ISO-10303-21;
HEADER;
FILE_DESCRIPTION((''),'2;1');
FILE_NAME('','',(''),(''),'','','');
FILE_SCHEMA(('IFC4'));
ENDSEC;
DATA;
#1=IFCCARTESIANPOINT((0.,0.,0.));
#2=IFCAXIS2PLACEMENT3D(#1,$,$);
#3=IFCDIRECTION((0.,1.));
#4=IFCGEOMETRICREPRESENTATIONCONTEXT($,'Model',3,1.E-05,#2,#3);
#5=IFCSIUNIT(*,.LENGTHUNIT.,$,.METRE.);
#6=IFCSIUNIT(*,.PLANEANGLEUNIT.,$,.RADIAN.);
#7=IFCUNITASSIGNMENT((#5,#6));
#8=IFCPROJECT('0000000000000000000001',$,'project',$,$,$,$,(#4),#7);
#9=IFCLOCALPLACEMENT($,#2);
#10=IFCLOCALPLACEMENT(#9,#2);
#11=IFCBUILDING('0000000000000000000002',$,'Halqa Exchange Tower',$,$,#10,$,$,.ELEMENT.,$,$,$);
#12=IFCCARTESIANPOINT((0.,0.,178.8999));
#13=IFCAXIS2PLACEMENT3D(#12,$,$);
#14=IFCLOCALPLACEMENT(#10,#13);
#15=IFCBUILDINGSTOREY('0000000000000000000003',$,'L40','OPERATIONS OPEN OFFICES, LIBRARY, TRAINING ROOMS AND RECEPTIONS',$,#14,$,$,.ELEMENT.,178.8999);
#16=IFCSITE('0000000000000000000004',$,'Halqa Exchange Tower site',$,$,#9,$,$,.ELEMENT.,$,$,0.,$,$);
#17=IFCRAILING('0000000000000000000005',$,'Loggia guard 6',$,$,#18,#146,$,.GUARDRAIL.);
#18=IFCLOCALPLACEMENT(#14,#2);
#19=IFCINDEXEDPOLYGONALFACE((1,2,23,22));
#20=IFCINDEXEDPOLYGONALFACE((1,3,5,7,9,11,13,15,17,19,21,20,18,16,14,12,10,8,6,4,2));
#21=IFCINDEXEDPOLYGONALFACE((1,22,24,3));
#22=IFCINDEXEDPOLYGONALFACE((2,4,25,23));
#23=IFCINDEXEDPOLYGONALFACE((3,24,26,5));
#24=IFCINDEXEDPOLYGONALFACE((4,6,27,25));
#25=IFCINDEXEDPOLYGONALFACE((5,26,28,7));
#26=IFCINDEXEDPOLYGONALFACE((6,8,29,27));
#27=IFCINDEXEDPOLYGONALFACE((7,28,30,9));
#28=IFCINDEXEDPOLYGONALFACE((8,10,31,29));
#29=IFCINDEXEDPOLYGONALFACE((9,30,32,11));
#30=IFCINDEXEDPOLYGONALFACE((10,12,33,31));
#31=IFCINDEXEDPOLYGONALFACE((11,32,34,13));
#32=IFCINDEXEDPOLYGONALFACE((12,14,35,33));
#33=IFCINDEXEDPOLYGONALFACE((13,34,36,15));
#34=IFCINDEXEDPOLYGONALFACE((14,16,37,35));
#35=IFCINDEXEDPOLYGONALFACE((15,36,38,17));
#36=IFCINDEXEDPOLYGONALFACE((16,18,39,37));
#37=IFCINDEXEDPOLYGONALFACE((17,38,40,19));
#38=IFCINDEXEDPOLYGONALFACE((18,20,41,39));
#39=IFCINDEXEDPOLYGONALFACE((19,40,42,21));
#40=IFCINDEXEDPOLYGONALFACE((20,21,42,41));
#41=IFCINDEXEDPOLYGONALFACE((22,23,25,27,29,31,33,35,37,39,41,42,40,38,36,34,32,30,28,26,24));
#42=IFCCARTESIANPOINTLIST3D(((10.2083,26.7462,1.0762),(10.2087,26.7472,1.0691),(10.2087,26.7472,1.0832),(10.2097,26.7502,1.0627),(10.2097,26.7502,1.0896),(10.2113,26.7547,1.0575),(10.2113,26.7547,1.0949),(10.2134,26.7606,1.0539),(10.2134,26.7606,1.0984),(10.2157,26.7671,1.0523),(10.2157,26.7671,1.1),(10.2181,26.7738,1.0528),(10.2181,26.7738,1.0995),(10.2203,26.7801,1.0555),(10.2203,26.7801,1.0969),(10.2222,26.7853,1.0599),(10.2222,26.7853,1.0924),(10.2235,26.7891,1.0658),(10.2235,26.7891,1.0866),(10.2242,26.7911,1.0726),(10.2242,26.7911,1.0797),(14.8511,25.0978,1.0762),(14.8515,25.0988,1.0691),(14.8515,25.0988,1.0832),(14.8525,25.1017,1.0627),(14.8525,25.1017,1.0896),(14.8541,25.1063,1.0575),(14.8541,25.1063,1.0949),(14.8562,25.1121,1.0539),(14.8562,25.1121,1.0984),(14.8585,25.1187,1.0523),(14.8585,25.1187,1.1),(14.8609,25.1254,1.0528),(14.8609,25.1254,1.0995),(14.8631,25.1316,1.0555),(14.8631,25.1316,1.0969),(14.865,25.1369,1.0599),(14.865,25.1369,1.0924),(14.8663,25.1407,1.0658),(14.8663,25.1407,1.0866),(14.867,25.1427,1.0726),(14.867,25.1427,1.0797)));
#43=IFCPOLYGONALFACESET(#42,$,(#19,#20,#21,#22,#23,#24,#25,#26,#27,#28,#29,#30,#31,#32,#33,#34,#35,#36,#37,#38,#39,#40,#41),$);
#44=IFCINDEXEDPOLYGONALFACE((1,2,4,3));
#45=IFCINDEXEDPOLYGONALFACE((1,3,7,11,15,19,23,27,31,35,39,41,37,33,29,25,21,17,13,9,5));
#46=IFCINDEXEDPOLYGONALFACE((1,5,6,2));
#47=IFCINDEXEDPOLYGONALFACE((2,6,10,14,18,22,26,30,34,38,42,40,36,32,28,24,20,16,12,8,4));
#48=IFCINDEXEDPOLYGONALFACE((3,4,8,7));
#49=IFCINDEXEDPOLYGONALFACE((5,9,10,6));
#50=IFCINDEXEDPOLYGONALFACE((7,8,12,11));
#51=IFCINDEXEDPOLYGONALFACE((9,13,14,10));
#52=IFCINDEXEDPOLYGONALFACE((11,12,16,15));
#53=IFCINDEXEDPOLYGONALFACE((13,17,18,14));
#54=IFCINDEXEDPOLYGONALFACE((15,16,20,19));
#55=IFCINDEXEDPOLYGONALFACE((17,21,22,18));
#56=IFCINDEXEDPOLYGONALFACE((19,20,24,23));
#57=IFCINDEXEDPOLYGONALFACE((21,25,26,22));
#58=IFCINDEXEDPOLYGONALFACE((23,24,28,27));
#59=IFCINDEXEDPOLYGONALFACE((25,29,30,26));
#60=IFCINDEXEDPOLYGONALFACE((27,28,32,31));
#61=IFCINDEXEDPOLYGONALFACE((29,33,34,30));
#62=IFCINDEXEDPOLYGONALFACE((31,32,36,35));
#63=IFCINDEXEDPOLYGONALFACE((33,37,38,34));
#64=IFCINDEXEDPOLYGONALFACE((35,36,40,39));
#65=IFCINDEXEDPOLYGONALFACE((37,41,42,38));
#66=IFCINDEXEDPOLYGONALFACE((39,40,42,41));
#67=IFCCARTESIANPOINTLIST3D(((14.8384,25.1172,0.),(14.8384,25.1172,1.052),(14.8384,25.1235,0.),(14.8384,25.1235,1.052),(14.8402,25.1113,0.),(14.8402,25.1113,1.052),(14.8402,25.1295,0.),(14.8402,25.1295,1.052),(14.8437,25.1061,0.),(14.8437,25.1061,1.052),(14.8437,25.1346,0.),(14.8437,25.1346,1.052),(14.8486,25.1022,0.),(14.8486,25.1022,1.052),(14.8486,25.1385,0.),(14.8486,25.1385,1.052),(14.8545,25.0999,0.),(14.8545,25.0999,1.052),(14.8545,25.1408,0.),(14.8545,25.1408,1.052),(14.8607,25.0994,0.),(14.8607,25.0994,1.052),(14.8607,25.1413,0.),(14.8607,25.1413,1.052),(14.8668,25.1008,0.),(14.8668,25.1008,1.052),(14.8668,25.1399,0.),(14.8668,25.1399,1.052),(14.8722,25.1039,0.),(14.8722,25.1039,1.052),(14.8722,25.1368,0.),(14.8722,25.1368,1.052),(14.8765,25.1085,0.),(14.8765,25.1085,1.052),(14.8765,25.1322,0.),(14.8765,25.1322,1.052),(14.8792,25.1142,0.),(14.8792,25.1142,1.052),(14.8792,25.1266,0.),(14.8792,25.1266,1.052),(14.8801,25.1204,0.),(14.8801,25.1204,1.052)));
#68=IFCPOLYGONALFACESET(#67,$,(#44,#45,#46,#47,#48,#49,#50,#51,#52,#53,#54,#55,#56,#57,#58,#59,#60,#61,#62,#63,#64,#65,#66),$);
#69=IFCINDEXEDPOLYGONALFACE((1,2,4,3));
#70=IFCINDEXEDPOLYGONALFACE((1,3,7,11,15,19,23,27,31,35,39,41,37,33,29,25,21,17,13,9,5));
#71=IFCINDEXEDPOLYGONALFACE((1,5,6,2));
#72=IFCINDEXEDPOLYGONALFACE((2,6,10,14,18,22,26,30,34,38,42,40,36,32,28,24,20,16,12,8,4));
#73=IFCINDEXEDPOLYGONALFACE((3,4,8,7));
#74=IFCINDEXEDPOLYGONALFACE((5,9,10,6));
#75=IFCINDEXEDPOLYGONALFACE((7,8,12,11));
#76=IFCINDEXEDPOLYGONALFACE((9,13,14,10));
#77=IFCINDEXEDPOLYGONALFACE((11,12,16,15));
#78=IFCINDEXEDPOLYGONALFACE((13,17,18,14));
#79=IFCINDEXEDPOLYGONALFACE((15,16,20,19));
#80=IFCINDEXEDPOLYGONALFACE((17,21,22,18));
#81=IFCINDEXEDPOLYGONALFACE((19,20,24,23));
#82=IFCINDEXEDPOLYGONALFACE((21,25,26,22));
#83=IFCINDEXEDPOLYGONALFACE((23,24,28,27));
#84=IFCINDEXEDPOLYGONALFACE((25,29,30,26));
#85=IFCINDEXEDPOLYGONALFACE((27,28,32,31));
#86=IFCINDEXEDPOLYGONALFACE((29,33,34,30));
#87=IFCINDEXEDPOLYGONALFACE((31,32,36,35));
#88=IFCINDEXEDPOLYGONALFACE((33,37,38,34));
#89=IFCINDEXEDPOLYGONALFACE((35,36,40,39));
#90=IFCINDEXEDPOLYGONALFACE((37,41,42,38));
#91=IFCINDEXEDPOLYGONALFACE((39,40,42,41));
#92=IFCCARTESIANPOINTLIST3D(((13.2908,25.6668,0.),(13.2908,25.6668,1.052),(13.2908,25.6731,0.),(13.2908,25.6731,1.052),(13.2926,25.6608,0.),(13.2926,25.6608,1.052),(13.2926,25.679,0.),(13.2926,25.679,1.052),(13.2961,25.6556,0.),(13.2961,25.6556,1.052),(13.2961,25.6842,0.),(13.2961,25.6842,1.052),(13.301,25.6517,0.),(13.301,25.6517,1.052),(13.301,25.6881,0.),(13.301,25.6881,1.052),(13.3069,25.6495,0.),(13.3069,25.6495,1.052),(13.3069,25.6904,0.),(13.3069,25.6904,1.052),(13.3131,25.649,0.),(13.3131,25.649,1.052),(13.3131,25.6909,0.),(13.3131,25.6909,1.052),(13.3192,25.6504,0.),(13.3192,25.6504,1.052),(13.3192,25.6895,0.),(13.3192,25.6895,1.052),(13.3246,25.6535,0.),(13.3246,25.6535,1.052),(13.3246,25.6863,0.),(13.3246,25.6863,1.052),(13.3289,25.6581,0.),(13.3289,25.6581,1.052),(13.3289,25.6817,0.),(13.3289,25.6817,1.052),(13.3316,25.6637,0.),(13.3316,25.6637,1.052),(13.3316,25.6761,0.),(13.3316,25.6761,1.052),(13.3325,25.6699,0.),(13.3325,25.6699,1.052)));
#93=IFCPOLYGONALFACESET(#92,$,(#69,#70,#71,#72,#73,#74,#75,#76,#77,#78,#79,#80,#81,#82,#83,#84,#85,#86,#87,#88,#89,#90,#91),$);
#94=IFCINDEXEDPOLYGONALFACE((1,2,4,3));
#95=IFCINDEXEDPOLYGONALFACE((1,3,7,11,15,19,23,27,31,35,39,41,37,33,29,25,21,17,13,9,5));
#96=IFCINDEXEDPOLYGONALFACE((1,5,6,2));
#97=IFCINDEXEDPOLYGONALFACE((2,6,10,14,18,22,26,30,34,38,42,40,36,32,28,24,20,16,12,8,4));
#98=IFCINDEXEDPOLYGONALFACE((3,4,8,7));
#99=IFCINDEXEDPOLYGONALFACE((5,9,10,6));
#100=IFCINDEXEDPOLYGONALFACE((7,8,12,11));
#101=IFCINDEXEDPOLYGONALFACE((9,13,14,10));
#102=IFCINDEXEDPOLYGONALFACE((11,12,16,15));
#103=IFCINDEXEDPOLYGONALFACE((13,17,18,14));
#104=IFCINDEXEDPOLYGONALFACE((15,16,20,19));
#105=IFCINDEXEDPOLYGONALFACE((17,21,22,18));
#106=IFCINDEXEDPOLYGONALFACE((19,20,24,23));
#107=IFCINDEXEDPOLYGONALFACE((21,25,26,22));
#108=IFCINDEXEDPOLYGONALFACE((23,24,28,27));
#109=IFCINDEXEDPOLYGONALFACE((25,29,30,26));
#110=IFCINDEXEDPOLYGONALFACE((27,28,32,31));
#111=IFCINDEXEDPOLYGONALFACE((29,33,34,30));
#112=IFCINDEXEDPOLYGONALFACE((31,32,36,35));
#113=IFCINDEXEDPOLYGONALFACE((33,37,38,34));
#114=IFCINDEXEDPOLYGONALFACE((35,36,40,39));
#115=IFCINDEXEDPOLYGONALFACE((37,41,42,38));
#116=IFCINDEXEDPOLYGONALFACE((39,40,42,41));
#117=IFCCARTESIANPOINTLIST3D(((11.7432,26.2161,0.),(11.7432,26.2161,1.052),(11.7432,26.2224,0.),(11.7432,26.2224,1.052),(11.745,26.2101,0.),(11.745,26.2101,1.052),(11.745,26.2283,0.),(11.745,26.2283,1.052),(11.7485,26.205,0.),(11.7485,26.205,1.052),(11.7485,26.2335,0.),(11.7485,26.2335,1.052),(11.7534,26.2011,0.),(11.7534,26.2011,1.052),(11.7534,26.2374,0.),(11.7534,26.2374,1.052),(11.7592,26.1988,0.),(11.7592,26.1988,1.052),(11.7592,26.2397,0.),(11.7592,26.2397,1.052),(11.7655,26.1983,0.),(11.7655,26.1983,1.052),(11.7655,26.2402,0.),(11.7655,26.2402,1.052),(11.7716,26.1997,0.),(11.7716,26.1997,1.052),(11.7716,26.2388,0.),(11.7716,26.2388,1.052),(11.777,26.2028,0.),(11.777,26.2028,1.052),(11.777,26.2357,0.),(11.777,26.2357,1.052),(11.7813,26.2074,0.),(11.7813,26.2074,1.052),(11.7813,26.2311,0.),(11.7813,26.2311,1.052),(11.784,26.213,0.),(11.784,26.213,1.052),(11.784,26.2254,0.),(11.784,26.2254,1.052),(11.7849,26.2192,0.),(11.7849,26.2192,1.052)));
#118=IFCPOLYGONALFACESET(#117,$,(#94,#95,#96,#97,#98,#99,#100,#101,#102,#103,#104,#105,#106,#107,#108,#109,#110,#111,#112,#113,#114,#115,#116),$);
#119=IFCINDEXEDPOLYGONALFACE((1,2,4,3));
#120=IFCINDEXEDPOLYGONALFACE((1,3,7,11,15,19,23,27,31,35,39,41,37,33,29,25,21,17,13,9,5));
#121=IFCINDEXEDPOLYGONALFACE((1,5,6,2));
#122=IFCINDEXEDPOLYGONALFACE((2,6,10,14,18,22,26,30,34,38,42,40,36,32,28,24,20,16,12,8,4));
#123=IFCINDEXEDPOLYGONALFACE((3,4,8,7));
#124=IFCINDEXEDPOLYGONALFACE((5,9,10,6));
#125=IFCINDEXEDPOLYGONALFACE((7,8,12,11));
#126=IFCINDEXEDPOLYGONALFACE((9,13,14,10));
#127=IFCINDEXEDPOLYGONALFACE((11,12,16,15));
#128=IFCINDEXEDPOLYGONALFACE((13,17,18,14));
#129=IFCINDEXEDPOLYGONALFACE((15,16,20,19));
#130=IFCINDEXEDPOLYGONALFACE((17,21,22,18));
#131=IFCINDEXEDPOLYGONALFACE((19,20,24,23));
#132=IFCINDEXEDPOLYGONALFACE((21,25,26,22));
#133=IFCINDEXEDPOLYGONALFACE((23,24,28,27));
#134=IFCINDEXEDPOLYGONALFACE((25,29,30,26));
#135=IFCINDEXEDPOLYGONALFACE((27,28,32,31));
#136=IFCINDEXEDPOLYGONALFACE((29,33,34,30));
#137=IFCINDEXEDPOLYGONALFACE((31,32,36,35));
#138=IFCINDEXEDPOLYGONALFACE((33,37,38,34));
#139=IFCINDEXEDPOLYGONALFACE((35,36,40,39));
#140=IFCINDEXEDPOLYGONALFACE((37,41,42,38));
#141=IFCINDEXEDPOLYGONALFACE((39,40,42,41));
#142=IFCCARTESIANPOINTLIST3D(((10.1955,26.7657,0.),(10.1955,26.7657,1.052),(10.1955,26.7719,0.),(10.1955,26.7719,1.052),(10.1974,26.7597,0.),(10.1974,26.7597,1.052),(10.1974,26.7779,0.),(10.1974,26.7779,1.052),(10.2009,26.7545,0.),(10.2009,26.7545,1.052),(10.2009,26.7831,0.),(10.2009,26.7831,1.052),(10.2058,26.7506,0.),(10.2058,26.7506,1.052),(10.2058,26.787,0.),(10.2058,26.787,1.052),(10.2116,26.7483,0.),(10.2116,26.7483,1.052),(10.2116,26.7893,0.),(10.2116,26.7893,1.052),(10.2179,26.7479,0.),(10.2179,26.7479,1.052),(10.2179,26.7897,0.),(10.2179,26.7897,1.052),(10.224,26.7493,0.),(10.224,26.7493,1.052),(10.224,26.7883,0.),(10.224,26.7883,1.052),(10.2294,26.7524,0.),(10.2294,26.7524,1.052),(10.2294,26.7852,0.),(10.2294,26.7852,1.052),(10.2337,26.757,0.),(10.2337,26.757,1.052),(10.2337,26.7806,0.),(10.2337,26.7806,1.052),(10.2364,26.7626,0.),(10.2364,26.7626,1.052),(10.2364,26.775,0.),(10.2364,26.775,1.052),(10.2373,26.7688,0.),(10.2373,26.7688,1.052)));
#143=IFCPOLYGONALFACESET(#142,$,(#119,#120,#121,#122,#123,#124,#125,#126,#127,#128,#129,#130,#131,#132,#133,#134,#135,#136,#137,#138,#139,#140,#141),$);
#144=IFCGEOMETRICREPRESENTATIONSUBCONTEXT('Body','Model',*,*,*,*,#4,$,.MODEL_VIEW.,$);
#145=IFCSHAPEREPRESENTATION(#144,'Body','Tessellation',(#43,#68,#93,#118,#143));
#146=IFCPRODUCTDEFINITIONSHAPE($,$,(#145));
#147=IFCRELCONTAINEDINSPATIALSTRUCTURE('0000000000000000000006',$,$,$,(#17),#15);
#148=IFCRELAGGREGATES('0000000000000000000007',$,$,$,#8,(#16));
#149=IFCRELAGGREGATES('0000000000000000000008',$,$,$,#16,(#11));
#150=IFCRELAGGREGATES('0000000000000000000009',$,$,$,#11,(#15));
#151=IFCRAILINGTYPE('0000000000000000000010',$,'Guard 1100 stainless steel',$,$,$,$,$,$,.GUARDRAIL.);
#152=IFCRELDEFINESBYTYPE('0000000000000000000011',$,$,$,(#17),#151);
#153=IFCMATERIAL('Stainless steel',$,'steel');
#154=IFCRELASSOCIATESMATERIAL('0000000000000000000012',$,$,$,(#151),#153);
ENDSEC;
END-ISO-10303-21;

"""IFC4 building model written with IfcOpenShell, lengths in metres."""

from ifc_helpers import new_model, si_unit, direction, frame, origin, origin_2d, place, context, subcontext, project, spatial, circle, extrude, material, type_object, element, save


model = new_model("IFC4")

# Units and contexts
model_context = context("Model", 3, precision=1e-05, world=origin(), true_north=direction((0.0, 1.0)))
body_context = subcontext(model_context, "Body", "Model", "MODEL_VIEW")
ifc_project = project(units=[si_unit("LENGTHUNIT", "METRE"), si_unit("PLANEANGLEUNIT", "RADIAN")], contexts=[model_context])

# Site, building, storey
site_placement = place(None, origin())
site = spatial("IfcSite", under=ifc_project, at=site_placement, Name="Halqa Exchange Tower site", CompositionType="ELEMENT", RefElevation=0.0)
building_placement = place(site_placement, origin())
building = spatial("IfcBuilding", under=site, at=building_placement, Name="Halqa Exchange Tower", CompositionType="ELEMENT")
storey_placement = place(building_placement, frame((0.0, 0.0, 178.8999)))
storey = spatial("IfcBuildingStorey", under=building, at=storey_placement, Name="L40", Description="OPERATIONS OPEN OFFICES, LIBRARY, TRAINING ROOMS AND RECEPTIONS", CompositionType="ELEMENT", Elevation=178.8999)

# Railing
ifc_material_1 = material(Name="Stainless steel", Category="steel")
railing_type = type_object("IfcRailingType", Name="Guard 1100 stainless steel", PredefinedType="GUARDRAIL", material=ifc_material_1)
railing_1_placement = place(storey_placement, frame((14.8591, 25.1204, 0.0)))
element("IfcRailing", 1, at=railing_1_placement, inside=storey, type_object=railing_type, Name="Loggia guard 6", PredefinedType="GUARDRAIL", context=body_context, shape_type="SweptSolid", body=[
    extrude(circle(Radius=0.0239, at=origin_2d()), frame((0.0, 0.0, 1.0762), z_axis=(-0.942365, 0.334587, 0.0), x_axis=(-0.334587, -0.942365, 0.0)), (0.0, 0.0, 1.0), 4.9268),
    extrude(circle(Radius=0.021, at=origin_2d()), origin(), (0.0, 0.0, 1.0), 1.052),
    extrude(circle(Radius=0.021, at=origin_2d()), frame((-1.5476, 0.5496, 0.0)), (0.0, 0.0, 1.0), 1.052),
    extrude(circle(Radius=0.021, at=origin_2d()), frame((-3.0952, 1.0989, 0.0)), (0.0, 0.0, 1.0), 1.052),
    extrude(circle(Radius=0.021, at=origin_2d()), frame((-4.6428, 1.6484, 0.0)), (0.0, 0.0, 1.0), 1.052),
])

save(model, "model.ifc")
